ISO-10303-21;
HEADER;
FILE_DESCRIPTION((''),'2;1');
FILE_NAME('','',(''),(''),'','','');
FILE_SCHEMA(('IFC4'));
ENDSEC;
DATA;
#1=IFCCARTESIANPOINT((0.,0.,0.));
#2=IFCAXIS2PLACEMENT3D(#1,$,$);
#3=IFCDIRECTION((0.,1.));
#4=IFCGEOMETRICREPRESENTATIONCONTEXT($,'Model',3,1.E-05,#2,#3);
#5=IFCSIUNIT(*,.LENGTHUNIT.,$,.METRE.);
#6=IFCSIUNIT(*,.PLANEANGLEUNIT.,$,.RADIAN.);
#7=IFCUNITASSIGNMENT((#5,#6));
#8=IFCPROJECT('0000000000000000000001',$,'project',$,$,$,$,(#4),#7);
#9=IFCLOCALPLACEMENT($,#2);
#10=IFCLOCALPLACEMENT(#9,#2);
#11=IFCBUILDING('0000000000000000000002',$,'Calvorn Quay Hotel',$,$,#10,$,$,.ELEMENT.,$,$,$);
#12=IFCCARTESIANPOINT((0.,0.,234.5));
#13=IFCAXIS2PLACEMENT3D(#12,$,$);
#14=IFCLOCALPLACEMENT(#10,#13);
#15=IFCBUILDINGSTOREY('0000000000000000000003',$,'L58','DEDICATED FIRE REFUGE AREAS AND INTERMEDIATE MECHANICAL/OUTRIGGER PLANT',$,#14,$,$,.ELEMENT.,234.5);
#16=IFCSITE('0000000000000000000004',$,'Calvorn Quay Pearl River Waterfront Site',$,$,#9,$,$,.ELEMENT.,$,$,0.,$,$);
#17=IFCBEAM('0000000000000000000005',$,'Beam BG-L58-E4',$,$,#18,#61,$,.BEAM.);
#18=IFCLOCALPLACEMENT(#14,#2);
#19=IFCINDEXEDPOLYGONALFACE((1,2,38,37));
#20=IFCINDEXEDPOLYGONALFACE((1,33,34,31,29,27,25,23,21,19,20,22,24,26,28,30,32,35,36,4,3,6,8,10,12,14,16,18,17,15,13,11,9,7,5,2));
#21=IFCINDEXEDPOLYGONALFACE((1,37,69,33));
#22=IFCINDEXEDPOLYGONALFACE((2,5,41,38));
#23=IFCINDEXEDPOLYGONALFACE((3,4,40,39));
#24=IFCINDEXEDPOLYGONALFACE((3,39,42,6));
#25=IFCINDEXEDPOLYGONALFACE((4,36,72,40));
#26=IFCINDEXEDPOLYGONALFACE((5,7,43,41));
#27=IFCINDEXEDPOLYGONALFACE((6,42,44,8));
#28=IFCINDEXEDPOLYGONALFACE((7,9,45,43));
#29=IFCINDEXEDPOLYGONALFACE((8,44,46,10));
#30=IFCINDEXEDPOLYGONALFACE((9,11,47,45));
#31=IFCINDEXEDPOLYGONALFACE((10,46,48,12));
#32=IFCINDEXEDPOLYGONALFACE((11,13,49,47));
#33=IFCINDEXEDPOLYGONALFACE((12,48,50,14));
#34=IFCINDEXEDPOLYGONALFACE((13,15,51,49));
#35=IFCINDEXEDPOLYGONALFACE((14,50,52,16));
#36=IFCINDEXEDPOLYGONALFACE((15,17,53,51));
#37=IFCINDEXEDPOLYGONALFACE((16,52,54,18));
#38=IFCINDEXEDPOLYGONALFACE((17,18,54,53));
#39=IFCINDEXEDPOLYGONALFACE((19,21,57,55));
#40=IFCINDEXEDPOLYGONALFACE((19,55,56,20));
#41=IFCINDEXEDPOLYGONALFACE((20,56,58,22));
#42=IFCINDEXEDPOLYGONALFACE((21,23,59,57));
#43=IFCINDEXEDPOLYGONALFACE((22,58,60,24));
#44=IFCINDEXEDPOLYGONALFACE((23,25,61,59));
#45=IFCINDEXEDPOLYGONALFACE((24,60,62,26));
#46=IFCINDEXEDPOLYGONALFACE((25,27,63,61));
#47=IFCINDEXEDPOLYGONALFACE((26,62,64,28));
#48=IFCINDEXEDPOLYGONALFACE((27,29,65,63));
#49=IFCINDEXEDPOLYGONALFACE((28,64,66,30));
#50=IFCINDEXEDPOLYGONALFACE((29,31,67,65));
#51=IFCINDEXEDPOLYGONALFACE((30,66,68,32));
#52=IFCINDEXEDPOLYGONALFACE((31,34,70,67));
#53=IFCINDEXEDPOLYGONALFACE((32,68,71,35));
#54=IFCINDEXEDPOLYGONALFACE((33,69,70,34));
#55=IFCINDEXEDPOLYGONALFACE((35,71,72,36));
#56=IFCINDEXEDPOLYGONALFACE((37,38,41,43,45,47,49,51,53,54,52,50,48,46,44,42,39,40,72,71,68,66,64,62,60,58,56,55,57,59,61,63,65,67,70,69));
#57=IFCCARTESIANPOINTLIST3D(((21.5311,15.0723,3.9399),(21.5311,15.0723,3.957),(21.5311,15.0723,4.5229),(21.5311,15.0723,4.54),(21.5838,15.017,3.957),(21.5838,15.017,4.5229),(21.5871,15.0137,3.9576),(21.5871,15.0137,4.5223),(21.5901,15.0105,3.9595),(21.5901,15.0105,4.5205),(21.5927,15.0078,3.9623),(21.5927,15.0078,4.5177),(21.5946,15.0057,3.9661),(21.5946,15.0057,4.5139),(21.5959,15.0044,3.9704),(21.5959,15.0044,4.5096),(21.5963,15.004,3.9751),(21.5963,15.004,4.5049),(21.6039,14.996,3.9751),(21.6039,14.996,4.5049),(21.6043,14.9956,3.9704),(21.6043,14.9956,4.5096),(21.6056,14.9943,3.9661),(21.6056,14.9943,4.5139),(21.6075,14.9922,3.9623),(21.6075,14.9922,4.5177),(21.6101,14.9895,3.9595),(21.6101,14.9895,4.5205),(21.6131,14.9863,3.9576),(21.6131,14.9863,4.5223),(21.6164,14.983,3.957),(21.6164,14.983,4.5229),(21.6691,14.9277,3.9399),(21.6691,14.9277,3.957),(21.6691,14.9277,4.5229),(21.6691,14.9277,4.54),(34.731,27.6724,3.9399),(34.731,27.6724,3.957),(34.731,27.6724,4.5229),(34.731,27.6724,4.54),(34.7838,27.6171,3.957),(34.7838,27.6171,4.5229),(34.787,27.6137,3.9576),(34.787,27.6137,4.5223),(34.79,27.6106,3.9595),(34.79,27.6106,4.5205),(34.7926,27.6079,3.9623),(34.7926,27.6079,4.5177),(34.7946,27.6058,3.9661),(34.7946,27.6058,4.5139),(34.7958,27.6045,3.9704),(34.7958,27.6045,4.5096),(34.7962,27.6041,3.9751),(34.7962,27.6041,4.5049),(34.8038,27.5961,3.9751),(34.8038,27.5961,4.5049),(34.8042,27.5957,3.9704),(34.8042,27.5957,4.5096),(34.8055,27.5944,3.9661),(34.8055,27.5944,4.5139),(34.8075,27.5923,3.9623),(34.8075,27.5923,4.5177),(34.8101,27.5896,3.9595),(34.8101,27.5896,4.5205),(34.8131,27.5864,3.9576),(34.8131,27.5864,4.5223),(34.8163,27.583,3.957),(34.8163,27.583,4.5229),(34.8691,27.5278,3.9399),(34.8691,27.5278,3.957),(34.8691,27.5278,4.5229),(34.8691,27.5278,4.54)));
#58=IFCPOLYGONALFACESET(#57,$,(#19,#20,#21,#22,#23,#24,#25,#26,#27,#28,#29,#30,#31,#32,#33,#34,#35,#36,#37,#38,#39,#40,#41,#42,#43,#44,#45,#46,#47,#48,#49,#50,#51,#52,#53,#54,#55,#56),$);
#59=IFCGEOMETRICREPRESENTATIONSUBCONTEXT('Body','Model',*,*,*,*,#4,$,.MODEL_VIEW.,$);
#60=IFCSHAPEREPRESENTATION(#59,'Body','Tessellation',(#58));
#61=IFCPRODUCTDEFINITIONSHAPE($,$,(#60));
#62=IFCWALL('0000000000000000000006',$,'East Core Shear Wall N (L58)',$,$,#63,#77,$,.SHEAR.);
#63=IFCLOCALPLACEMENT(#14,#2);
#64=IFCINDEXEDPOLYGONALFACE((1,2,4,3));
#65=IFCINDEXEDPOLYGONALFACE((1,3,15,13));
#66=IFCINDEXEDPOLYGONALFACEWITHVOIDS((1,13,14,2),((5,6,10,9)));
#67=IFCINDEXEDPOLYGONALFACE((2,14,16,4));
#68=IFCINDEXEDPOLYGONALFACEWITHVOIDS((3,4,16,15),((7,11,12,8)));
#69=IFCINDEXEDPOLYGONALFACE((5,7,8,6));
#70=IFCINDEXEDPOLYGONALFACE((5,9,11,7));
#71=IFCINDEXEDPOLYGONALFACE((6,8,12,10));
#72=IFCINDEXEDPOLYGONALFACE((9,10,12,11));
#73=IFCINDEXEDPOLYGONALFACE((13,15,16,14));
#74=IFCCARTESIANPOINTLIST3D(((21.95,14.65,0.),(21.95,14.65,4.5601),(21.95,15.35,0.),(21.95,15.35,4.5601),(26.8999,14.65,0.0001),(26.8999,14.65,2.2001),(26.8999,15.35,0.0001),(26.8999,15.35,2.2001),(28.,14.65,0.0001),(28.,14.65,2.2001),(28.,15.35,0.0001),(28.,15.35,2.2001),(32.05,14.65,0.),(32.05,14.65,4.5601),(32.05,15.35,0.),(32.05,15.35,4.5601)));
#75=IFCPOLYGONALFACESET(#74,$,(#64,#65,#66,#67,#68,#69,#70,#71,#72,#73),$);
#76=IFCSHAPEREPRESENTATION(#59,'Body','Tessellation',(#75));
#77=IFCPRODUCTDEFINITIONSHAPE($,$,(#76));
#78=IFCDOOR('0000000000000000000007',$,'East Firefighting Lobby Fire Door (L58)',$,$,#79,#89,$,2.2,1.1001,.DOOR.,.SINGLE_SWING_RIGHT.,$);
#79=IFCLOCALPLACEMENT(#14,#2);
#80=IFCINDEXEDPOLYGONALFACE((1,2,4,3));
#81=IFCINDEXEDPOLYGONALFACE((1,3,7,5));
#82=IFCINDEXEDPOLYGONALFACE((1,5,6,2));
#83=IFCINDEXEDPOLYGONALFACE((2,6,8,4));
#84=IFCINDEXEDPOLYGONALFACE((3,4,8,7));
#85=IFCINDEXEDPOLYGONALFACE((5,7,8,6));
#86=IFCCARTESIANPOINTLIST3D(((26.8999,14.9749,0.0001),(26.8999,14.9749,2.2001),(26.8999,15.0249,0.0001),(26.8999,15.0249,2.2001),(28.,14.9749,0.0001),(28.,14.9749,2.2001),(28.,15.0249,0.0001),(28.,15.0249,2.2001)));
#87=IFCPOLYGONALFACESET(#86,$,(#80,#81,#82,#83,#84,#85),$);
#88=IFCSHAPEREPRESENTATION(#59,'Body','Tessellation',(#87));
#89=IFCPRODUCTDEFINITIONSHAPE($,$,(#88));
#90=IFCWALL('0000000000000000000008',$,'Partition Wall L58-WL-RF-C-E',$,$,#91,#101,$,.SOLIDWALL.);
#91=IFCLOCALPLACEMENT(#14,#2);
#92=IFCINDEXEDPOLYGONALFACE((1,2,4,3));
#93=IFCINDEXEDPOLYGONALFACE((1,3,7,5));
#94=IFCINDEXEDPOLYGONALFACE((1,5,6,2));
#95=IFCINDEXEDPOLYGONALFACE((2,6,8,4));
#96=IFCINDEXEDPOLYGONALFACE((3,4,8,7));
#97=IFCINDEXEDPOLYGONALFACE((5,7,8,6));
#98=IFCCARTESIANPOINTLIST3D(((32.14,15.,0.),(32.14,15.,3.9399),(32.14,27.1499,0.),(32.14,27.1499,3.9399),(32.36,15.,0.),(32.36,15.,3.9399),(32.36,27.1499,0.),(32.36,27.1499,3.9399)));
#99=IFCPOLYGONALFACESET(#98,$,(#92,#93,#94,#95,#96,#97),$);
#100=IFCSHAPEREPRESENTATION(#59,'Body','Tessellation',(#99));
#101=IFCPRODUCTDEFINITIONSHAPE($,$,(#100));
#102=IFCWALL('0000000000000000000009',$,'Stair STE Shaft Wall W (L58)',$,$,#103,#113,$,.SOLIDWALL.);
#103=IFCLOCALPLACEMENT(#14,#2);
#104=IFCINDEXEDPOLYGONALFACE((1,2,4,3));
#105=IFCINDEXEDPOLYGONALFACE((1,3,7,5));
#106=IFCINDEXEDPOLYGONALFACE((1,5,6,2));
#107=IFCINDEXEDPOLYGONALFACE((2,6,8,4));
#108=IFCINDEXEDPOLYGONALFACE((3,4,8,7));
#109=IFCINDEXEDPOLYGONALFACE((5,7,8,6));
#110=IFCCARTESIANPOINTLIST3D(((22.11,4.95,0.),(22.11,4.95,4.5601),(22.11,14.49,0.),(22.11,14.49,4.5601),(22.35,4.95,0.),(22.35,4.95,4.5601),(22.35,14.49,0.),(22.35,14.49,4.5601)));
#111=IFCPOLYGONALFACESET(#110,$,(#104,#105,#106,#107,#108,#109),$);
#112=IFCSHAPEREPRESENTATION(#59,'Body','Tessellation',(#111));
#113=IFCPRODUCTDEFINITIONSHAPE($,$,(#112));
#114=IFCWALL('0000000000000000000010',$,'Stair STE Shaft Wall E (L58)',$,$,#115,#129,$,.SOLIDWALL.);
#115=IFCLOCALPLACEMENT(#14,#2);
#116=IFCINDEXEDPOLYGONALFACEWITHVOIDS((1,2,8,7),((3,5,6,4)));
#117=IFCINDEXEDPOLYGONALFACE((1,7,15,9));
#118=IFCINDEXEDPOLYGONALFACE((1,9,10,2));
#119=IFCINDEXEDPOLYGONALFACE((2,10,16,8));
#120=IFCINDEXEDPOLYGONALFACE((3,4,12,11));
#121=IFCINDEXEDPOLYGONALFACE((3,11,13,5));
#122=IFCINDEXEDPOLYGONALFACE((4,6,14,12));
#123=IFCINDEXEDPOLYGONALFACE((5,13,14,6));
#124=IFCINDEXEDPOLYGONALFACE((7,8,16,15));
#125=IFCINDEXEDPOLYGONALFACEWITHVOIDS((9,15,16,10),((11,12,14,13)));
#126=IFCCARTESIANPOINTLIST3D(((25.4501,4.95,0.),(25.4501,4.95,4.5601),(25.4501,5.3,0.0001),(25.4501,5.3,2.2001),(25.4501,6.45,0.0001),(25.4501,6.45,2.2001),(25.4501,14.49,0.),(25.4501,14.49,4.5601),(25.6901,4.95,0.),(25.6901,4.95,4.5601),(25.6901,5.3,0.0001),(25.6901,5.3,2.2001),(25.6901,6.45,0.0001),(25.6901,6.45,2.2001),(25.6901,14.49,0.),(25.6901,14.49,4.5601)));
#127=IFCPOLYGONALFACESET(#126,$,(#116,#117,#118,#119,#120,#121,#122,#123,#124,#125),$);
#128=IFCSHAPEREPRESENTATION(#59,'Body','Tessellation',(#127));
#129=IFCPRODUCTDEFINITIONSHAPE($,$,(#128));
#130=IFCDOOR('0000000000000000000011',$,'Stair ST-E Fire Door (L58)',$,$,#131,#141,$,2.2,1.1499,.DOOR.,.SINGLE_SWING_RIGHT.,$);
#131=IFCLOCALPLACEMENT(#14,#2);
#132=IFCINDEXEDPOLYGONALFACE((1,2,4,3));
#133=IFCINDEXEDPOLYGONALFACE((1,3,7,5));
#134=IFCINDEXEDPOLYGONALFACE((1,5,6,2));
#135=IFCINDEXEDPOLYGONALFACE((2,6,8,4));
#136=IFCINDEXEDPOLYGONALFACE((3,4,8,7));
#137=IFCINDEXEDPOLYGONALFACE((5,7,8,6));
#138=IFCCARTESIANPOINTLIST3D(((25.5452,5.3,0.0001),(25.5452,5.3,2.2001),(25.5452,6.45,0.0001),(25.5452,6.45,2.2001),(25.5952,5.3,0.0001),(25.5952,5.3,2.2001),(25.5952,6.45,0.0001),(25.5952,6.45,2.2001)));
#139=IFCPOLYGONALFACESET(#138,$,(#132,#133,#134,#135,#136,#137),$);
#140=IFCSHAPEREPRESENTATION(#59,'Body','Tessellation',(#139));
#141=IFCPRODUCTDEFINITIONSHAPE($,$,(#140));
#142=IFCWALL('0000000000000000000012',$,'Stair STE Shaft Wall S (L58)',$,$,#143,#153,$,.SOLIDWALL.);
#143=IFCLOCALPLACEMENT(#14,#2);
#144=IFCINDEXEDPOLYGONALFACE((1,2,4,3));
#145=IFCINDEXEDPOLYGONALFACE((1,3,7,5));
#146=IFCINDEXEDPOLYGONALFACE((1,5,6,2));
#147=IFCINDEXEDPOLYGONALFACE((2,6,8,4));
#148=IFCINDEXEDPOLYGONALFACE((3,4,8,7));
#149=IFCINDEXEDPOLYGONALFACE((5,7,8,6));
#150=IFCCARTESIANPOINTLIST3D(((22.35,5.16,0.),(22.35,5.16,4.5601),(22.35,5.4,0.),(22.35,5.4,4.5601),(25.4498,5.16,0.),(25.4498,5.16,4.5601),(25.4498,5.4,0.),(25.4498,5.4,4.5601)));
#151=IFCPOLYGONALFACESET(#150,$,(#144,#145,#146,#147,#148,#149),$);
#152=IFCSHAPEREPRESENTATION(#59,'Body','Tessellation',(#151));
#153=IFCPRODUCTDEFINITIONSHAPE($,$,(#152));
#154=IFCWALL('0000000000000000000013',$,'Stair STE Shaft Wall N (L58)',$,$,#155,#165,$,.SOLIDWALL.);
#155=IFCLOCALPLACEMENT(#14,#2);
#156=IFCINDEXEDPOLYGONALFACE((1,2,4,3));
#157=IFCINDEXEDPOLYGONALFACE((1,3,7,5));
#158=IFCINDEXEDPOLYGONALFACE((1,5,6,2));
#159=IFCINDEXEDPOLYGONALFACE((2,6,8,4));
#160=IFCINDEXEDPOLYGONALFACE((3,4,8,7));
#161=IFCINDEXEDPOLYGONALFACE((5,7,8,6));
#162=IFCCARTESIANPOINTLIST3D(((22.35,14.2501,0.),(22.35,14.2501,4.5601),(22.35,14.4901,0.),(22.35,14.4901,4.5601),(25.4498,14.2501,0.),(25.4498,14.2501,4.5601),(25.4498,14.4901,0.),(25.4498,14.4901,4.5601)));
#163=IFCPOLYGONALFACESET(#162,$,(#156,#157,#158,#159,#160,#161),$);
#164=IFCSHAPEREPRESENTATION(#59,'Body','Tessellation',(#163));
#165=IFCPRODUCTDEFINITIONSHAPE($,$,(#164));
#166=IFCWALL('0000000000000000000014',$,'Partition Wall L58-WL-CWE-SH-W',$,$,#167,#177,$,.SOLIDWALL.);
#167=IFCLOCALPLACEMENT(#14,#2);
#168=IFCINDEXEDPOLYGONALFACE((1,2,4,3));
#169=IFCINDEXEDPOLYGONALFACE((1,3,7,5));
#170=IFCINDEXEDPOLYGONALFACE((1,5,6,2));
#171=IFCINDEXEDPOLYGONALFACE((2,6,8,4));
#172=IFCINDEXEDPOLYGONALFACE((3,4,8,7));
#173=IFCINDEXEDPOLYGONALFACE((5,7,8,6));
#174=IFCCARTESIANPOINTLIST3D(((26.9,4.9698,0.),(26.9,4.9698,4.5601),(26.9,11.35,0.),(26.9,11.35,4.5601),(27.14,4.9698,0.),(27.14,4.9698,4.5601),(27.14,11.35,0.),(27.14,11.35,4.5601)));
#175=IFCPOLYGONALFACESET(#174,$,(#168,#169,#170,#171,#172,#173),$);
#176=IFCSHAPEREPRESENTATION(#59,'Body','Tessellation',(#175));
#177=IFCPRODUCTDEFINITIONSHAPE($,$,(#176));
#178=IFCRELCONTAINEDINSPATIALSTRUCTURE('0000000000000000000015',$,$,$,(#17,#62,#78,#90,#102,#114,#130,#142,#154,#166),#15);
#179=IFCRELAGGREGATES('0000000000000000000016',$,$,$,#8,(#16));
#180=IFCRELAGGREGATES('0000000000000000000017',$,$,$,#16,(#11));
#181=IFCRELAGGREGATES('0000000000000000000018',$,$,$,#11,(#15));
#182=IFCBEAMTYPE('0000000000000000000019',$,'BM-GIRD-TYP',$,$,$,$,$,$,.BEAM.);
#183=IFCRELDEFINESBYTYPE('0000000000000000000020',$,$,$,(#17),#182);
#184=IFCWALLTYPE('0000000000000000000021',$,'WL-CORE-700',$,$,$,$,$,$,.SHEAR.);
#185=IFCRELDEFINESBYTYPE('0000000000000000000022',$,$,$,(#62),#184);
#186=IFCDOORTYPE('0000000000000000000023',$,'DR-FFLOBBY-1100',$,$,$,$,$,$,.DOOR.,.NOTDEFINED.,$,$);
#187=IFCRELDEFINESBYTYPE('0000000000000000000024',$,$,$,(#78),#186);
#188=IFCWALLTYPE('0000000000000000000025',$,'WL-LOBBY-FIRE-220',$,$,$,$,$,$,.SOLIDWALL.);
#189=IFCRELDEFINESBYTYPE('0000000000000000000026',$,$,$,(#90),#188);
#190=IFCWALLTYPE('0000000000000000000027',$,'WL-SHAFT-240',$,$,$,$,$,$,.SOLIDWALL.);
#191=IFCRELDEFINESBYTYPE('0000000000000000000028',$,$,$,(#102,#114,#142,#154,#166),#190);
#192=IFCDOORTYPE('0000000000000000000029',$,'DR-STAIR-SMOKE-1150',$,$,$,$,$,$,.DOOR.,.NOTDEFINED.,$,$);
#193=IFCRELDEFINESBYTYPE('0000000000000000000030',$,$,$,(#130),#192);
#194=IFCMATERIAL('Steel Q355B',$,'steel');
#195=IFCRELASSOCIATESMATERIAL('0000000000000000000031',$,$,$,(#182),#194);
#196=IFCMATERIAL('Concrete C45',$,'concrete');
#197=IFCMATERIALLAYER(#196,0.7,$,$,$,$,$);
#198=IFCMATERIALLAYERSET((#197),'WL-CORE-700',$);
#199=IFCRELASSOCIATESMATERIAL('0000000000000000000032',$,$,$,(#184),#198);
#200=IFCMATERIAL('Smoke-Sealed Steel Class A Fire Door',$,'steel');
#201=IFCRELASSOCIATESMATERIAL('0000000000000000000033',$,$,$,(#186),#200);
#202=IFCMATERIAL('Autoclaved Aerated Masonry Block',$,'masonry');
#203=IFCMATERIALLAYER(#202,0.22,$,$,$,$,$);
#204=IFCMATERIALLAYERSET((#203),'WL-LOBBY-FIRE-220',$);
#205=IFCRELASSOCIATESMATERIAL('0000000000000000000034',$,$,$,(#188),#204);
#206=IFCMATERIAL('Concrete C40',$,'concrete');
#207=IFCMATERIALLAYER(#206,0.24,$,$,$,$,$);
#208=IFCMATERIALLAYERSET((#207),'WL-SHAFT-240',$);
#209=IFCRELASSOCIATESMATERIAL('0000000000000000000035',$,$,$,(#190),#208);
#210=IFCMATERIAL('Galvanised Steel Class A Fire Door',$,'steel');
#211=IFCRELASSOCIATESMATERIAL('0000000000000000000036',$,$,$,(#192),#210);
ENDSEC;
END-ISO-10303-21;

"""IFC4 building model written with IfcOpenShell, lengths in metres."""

from ifc_helpers import new_model, si_unit, direction, frame, frame_2d, origin, origin_2d, place, context, subcontext, project, spatial, rectangle, i_section, extrude, material, layer, layer_set, material_profile, profile_set, type_object, element, fill, save


model = new_model("IFC4")

# Units and contexts
model_context = context("Model", 3, precision=1e-05, world=origin(), true_north=direction((0.0, 1.0)))
body_context = subcontext(model_context, "Body", "Model", "MODEL_VIEW")
ifc_project = project(units=[si_unit("LENGTHUNIT", "METRE"), si_unit("PLANEANGLEUNIT", "RADIAN")], contexts=[model_context])

# Site, building, storey
site_placement = place(None, origin())
site = spatial("IfcSite", under=ifc_project, at=site_placement, Name="Calvorn Quay Pearl River Waterfront Site", CompositionType="ELEMENT", RefElevation=0.0)
building_placement = place(site_placement, origin())
building = spatial("IfcBuilding", under=site, at=building_placement, Name="Calvorn Quay Hotel", CompositionType="ELEMENT")
storey_placement = place(building_placement, frame((0.0, 0.0, 234.5)))
storey = spatial("IfcBuildingStorey", under=building, at=storey_placement, Name="L58", Description="DEDICATED FIRE REFUGE AREAS AND INTERMEDIATE MECHANICAL/OUTRIGGER PLANT", CompositionType="ELEMENT", Elevation=234.5)

# Beam
ifc_material_1 = material(Name="Steel Q355B", Category="steel")
ifc_material_profile = material_profile(ifc_material_1, i_section(OverallWidth=0.2, OverallDepth=0.6001, WebThickness=0.011, FlangeThickness=0.0171, FilletRadius=0.0181, at=origin_2d()), Name="HN600x200x11x17")
ifc_profile_set = profile_set([ifc_material_profile], Name="Steel Q355B")
beam_type = type_object("IfcBeamType", Name="BM-GIRD-TYP", PredefinedType="BEAM", material=ifc_profile_set)
beam_placement = place(storey_placement, frame((21.6001, 15.0, 4.24), z_axis=(0.723352, 0.69048, 0.0), x_axis=(-0.69048, 0.723352, 0.0)))
element("IfcBeam", 1, at=beam_placement, inside=storey, type_object=beam_type, Name="Beam BG-L58-E4", PredefinedType="BEAM", context=body_context, shape_type="SweptSolid", body=[
    extrude(i_section(OverallWidth=0.2, OverallDepth=0.6001, WebThickness=0.011, FlangeThickness=0.0171, FilletRadius=0.0181, at=origin_2d()), origin(), (0.0, 0.0, 1.0), 18.2483),
])

# Wall, opening, door
ifc_material_2 = material(Name="Concrete C45", Category="concrete")
ifc_layer_1 = layer(ifc_material_2, 0.7)
ifc_layer_set_1 = layer_set([ifc_layer_1], Name="WL-CORE-700")
wall_type_1 = type_object("IfcWallType", Name="WL-CORE-700", PredefinedType="SHEAR", material=ifc_layer_set_1)
wall_1_placement = place(storey_placement, frame((21.95, 15.0, 0.0), z_axis=(0.0, 0.0, 1.0), x_axis=(1.0, 0.0, 0.0)))
wall_1 = element("IfcWall", 2, at=wall_1_placement, inside=storey, type_object=wall_type_1, Name="East Core Shear Wall N (L58)", PredefinedType="SHEAR", context=body_context, shape_type="SweptSolid", body=[
    extrude(rectangle(XDim=10.1001, YDim=0.7, at=frame_2d((5.05, 0.0))), origin(), (0.0, 0.0, 1.0), 4.5601),
])
opening_1_placement = place(wall_1_placement, frame((4.95, 0.0, 0.0)))
opening_1 = element("IfcOpeningElement", 3, at=opening_1_placement, cuts=wall_1, PredefinedType="OPENING", context=body_context, shape_type="SweptSolid", body=[
    extrude(rectangle(XDim=1.1001, YDim=2.2, at=frame_2d((0.55, 1.1001))), frame((0.0, 0.3599, 0.0), z_axis=(0.0, -1.0, 0.0), x_axis=(1.0, 0.0, 0.0)), (0.0, 0.0, 1.0), 0.72),
])
ifc_material_3 = material(Name="Smoke-Sealed Steel Class A Fire Door", Category="steel")
door_type_1 = type_object("IfcDoorType", Name="DR-FFLOBBY-1100", OperationType="NOTDEFINED", PredefinedType="DOOR", material=ifc_material_3)
door_1_placement = place(opening_1_placement, origin())
door_1 = element("IfcDoor", 4, at=door_1_placement, inside=storey, type_object=door_type_1, Name="East Firefighting Lobby Fire Door (L58)", OperationType="SINGLE_SWING_RIGHT", OverallHeight=2.2, OverallWidth=1.1001, PredefinedType="DOOR", context=body_context, shape_type="SweptSolid", body=[
    extrude(rectangle(XDim=1.1001, YDim=2.2, at=frame_2d((0.55, 1.1001))), frame((0.0, 0.0249, 0.0), z_axis=(0.0, -1.0, 0.0), x_axis=(1.0, 0.0, 0.0)), (0.0, 0.0, 1.0), 0.05),
])
fill(opening_1, door_1)

# Walls
ifc_material_4 = material(Name="Autoclaved Aerated Masonry Block", Category="masonry")
ifc_layer_2 = layer(ifc_material_4, 0.22)
ifc_layer_set_2 = layer_set([ifc_layer_2], Name="WL-LOBBY-FIRE-220")
wall_type_2 = type_object("IfcWallType", Name="WL-LOBBY-FIRE-220", PredefinedType="SOLIDWALL", material=ifc_layer_set_2)
wall_2_placement = place(storey_placement, frame((32.25, 15.0, 0.0), z_axis=(0.0, 0.0, 1.0), x_axis=(0.0, 1.0, 0.0)))
element("IfcWall", 5, at=wall_2_placement, inside=storey, type_object=wall_type_2, Name="Partition Wall L58-WL-RF-C-E", PredefinedType="SOLIDWALL", context=body_context, shape_type="SweptSolid", body=[
    extrude(rectangle(XDim=12.1499, YDim=0.22, at=frame_2d((6.075, 0.0))), origin(), (0.0, 0.0, 1.0), 3.9399),
])
ifc_material_5 = material(Name="Concrete C40", Category="concrete")
ifc_layer_3 = layer(ifc_material_5, 0.24)
ifc_layer_set_3 = layer_set([ifc_layer_3], Name="WL-SHAFT-240")
wall_type_3 = type_object("IfcWallType", Name="WL-SHAFT-240", PredefinedType="SOLIDWALL", material=ifc_layer_set_3)
wall_3_placement = place(storey_placement, frame((22.23, 4.95, 0.0), z_axis=(0.0, 0.0, 1.0), x_axis=(0.0, 1.0, 0.0)))
element("IfcWall", 6, at=wall_3_placement, inside=storey, type_object=wall_type_3, Name="Stair STE Shaft Wall W (L58)", PredefinedType="SOLIDWALL", context=body_context, shape_type="SweptSolid", body=[
    extrude(rectangle(XDim=9.54, YDim=0.24, at=frame_2d((4.77, 0.0))), origin(), (0.0, 0.0, 1.0), 4.5601),
])

# Wall, opening, door
wall_4_placement = place(storey_placement, frame((25.5701, 4.95, 0.0), z_axis=(0.0, 0.0, 1.0), x_axis=(0.0, 1.0, 0.0)))
wall_4 = element("IfcWall", 7, at=wall_4_placement, inside=storey, type_object=wall_type_3, Name="Stair STE Shaft Wall E (L58)", PredefinedType="SOLIDWALL", context=body_context, shape_type="SweptSolid", body=[
    extrude(rectangle(XDim=9.54, YDim=0.24, at=frame_2d((4.77, 0.0))), origin(), (0.0, 0.0, 1.0), 4.5601),
])
opening_2_placement = place(wall_4_placement, frame((0.3501, 0.0, 0.0)))
opening_2 = element("IfcOpeningElement", 8, at=opening_2_placement, cuts=wall_4, PredefinedType="OPENING", context=body_context, shape_type="SweptSolid", body=[
    extrude(rectangle(XDim=1.1499, YDim=2.2, at=frame_2d((0.575, 1.1001))), frame((0.0, 0.1299, 0.0), z_axis=(0.0, -1.0, 0.0), x_axis=(1.0, 0.0, 0.0)), (0.0, 0.0, 1.0), 0.26),
])
ifc_material_6 = material(Name="Galvanised Steel Class A Fire Door", Category="steel")
door_type_2 = type_object("IfcDoorType", Name="DR-STAIR-SMOKE-1150", OperationType="NOTDEFINED", PredefinedType="DOOR", material=ifc_material_6)
door_2_placement = place(opening_2_placement, origin())
door_2 = element("IfcDoor", 9, at=door_2_placement, inside=storey, type_object=door_type_2, Name="Stair ST-E Fire Door (L58)", OperationType="SINGLE_SWING_RIGHT", OverallHeight=2.2, OverallWidth=1.1499, PredefinedType="DOOR", context=body_context, shape_type="SweptSolid", body=[
    extrude(rectangle(XDim=1.1499, YDim=2.2, at=frame_2d((0.575, 1.1001))), frame((0.0, 0.0249, 0.0), z_axis=(0.0, -1.0, 0.0), x_axis=(1.0, 0.0, 0.0)), (0.0, 0.0, 1.0), 0.05),
])
fill(opening_2, door_2)

# Walls
for number, where, z_axis, x_axis, name in (
    (10, (22.3501, 5.28, 0.0), (0.0, 0.0, 1.0), (1.0, 0.0, 0.0), "Stair STE Shaft Wall S (L58)"),
    (11, (22.3501, 14.3701, 0.0), (0.0, 0.0, 1.0), (1.0, 0.0, 0.0), "Stair STE Shaft Wall N (L58)"),
):
    element("IfcWall", number, at=place(storey_placement, frame(where, z_axis=z_axis, x_axis=x_axis)), inside=storey, type_object=wall_type_3, Name=name, PredefinedType="SOLIDWALL", context=body_context, shape_type="SweptSolid", body=[
        extrude(rectangle(XDim=3.0999, YDim=0.24, at=frame_2d((1.5498, 0.0))), origin(), (0.0, 0.0, 1.0), 4.5601),
    ])
wall_5_placement = place(storey_placement, frame((27.02, 4.97, 0.0), z_axis=(0.0, 0.0, 1.0), x_axis=(0.0, 1.0, 0.0)))
element("IfcWall", 12, at=wall_5_placement, inside=storey, type_object=wall_type_3, Name="Partition Wall L58-WL-CWE-SH-W", PredefinedType="SOLIDWALL", context=body_context, shape_type="SweptSolid", body=[
    extrude(rectangle(XDim=6.3801, YDim=0.24, at=frame_2d((3.1899, 0.0))), origin(), (0.0, 0.0, 1.0), 4.5601),
])

save(model, "model.ifc")
